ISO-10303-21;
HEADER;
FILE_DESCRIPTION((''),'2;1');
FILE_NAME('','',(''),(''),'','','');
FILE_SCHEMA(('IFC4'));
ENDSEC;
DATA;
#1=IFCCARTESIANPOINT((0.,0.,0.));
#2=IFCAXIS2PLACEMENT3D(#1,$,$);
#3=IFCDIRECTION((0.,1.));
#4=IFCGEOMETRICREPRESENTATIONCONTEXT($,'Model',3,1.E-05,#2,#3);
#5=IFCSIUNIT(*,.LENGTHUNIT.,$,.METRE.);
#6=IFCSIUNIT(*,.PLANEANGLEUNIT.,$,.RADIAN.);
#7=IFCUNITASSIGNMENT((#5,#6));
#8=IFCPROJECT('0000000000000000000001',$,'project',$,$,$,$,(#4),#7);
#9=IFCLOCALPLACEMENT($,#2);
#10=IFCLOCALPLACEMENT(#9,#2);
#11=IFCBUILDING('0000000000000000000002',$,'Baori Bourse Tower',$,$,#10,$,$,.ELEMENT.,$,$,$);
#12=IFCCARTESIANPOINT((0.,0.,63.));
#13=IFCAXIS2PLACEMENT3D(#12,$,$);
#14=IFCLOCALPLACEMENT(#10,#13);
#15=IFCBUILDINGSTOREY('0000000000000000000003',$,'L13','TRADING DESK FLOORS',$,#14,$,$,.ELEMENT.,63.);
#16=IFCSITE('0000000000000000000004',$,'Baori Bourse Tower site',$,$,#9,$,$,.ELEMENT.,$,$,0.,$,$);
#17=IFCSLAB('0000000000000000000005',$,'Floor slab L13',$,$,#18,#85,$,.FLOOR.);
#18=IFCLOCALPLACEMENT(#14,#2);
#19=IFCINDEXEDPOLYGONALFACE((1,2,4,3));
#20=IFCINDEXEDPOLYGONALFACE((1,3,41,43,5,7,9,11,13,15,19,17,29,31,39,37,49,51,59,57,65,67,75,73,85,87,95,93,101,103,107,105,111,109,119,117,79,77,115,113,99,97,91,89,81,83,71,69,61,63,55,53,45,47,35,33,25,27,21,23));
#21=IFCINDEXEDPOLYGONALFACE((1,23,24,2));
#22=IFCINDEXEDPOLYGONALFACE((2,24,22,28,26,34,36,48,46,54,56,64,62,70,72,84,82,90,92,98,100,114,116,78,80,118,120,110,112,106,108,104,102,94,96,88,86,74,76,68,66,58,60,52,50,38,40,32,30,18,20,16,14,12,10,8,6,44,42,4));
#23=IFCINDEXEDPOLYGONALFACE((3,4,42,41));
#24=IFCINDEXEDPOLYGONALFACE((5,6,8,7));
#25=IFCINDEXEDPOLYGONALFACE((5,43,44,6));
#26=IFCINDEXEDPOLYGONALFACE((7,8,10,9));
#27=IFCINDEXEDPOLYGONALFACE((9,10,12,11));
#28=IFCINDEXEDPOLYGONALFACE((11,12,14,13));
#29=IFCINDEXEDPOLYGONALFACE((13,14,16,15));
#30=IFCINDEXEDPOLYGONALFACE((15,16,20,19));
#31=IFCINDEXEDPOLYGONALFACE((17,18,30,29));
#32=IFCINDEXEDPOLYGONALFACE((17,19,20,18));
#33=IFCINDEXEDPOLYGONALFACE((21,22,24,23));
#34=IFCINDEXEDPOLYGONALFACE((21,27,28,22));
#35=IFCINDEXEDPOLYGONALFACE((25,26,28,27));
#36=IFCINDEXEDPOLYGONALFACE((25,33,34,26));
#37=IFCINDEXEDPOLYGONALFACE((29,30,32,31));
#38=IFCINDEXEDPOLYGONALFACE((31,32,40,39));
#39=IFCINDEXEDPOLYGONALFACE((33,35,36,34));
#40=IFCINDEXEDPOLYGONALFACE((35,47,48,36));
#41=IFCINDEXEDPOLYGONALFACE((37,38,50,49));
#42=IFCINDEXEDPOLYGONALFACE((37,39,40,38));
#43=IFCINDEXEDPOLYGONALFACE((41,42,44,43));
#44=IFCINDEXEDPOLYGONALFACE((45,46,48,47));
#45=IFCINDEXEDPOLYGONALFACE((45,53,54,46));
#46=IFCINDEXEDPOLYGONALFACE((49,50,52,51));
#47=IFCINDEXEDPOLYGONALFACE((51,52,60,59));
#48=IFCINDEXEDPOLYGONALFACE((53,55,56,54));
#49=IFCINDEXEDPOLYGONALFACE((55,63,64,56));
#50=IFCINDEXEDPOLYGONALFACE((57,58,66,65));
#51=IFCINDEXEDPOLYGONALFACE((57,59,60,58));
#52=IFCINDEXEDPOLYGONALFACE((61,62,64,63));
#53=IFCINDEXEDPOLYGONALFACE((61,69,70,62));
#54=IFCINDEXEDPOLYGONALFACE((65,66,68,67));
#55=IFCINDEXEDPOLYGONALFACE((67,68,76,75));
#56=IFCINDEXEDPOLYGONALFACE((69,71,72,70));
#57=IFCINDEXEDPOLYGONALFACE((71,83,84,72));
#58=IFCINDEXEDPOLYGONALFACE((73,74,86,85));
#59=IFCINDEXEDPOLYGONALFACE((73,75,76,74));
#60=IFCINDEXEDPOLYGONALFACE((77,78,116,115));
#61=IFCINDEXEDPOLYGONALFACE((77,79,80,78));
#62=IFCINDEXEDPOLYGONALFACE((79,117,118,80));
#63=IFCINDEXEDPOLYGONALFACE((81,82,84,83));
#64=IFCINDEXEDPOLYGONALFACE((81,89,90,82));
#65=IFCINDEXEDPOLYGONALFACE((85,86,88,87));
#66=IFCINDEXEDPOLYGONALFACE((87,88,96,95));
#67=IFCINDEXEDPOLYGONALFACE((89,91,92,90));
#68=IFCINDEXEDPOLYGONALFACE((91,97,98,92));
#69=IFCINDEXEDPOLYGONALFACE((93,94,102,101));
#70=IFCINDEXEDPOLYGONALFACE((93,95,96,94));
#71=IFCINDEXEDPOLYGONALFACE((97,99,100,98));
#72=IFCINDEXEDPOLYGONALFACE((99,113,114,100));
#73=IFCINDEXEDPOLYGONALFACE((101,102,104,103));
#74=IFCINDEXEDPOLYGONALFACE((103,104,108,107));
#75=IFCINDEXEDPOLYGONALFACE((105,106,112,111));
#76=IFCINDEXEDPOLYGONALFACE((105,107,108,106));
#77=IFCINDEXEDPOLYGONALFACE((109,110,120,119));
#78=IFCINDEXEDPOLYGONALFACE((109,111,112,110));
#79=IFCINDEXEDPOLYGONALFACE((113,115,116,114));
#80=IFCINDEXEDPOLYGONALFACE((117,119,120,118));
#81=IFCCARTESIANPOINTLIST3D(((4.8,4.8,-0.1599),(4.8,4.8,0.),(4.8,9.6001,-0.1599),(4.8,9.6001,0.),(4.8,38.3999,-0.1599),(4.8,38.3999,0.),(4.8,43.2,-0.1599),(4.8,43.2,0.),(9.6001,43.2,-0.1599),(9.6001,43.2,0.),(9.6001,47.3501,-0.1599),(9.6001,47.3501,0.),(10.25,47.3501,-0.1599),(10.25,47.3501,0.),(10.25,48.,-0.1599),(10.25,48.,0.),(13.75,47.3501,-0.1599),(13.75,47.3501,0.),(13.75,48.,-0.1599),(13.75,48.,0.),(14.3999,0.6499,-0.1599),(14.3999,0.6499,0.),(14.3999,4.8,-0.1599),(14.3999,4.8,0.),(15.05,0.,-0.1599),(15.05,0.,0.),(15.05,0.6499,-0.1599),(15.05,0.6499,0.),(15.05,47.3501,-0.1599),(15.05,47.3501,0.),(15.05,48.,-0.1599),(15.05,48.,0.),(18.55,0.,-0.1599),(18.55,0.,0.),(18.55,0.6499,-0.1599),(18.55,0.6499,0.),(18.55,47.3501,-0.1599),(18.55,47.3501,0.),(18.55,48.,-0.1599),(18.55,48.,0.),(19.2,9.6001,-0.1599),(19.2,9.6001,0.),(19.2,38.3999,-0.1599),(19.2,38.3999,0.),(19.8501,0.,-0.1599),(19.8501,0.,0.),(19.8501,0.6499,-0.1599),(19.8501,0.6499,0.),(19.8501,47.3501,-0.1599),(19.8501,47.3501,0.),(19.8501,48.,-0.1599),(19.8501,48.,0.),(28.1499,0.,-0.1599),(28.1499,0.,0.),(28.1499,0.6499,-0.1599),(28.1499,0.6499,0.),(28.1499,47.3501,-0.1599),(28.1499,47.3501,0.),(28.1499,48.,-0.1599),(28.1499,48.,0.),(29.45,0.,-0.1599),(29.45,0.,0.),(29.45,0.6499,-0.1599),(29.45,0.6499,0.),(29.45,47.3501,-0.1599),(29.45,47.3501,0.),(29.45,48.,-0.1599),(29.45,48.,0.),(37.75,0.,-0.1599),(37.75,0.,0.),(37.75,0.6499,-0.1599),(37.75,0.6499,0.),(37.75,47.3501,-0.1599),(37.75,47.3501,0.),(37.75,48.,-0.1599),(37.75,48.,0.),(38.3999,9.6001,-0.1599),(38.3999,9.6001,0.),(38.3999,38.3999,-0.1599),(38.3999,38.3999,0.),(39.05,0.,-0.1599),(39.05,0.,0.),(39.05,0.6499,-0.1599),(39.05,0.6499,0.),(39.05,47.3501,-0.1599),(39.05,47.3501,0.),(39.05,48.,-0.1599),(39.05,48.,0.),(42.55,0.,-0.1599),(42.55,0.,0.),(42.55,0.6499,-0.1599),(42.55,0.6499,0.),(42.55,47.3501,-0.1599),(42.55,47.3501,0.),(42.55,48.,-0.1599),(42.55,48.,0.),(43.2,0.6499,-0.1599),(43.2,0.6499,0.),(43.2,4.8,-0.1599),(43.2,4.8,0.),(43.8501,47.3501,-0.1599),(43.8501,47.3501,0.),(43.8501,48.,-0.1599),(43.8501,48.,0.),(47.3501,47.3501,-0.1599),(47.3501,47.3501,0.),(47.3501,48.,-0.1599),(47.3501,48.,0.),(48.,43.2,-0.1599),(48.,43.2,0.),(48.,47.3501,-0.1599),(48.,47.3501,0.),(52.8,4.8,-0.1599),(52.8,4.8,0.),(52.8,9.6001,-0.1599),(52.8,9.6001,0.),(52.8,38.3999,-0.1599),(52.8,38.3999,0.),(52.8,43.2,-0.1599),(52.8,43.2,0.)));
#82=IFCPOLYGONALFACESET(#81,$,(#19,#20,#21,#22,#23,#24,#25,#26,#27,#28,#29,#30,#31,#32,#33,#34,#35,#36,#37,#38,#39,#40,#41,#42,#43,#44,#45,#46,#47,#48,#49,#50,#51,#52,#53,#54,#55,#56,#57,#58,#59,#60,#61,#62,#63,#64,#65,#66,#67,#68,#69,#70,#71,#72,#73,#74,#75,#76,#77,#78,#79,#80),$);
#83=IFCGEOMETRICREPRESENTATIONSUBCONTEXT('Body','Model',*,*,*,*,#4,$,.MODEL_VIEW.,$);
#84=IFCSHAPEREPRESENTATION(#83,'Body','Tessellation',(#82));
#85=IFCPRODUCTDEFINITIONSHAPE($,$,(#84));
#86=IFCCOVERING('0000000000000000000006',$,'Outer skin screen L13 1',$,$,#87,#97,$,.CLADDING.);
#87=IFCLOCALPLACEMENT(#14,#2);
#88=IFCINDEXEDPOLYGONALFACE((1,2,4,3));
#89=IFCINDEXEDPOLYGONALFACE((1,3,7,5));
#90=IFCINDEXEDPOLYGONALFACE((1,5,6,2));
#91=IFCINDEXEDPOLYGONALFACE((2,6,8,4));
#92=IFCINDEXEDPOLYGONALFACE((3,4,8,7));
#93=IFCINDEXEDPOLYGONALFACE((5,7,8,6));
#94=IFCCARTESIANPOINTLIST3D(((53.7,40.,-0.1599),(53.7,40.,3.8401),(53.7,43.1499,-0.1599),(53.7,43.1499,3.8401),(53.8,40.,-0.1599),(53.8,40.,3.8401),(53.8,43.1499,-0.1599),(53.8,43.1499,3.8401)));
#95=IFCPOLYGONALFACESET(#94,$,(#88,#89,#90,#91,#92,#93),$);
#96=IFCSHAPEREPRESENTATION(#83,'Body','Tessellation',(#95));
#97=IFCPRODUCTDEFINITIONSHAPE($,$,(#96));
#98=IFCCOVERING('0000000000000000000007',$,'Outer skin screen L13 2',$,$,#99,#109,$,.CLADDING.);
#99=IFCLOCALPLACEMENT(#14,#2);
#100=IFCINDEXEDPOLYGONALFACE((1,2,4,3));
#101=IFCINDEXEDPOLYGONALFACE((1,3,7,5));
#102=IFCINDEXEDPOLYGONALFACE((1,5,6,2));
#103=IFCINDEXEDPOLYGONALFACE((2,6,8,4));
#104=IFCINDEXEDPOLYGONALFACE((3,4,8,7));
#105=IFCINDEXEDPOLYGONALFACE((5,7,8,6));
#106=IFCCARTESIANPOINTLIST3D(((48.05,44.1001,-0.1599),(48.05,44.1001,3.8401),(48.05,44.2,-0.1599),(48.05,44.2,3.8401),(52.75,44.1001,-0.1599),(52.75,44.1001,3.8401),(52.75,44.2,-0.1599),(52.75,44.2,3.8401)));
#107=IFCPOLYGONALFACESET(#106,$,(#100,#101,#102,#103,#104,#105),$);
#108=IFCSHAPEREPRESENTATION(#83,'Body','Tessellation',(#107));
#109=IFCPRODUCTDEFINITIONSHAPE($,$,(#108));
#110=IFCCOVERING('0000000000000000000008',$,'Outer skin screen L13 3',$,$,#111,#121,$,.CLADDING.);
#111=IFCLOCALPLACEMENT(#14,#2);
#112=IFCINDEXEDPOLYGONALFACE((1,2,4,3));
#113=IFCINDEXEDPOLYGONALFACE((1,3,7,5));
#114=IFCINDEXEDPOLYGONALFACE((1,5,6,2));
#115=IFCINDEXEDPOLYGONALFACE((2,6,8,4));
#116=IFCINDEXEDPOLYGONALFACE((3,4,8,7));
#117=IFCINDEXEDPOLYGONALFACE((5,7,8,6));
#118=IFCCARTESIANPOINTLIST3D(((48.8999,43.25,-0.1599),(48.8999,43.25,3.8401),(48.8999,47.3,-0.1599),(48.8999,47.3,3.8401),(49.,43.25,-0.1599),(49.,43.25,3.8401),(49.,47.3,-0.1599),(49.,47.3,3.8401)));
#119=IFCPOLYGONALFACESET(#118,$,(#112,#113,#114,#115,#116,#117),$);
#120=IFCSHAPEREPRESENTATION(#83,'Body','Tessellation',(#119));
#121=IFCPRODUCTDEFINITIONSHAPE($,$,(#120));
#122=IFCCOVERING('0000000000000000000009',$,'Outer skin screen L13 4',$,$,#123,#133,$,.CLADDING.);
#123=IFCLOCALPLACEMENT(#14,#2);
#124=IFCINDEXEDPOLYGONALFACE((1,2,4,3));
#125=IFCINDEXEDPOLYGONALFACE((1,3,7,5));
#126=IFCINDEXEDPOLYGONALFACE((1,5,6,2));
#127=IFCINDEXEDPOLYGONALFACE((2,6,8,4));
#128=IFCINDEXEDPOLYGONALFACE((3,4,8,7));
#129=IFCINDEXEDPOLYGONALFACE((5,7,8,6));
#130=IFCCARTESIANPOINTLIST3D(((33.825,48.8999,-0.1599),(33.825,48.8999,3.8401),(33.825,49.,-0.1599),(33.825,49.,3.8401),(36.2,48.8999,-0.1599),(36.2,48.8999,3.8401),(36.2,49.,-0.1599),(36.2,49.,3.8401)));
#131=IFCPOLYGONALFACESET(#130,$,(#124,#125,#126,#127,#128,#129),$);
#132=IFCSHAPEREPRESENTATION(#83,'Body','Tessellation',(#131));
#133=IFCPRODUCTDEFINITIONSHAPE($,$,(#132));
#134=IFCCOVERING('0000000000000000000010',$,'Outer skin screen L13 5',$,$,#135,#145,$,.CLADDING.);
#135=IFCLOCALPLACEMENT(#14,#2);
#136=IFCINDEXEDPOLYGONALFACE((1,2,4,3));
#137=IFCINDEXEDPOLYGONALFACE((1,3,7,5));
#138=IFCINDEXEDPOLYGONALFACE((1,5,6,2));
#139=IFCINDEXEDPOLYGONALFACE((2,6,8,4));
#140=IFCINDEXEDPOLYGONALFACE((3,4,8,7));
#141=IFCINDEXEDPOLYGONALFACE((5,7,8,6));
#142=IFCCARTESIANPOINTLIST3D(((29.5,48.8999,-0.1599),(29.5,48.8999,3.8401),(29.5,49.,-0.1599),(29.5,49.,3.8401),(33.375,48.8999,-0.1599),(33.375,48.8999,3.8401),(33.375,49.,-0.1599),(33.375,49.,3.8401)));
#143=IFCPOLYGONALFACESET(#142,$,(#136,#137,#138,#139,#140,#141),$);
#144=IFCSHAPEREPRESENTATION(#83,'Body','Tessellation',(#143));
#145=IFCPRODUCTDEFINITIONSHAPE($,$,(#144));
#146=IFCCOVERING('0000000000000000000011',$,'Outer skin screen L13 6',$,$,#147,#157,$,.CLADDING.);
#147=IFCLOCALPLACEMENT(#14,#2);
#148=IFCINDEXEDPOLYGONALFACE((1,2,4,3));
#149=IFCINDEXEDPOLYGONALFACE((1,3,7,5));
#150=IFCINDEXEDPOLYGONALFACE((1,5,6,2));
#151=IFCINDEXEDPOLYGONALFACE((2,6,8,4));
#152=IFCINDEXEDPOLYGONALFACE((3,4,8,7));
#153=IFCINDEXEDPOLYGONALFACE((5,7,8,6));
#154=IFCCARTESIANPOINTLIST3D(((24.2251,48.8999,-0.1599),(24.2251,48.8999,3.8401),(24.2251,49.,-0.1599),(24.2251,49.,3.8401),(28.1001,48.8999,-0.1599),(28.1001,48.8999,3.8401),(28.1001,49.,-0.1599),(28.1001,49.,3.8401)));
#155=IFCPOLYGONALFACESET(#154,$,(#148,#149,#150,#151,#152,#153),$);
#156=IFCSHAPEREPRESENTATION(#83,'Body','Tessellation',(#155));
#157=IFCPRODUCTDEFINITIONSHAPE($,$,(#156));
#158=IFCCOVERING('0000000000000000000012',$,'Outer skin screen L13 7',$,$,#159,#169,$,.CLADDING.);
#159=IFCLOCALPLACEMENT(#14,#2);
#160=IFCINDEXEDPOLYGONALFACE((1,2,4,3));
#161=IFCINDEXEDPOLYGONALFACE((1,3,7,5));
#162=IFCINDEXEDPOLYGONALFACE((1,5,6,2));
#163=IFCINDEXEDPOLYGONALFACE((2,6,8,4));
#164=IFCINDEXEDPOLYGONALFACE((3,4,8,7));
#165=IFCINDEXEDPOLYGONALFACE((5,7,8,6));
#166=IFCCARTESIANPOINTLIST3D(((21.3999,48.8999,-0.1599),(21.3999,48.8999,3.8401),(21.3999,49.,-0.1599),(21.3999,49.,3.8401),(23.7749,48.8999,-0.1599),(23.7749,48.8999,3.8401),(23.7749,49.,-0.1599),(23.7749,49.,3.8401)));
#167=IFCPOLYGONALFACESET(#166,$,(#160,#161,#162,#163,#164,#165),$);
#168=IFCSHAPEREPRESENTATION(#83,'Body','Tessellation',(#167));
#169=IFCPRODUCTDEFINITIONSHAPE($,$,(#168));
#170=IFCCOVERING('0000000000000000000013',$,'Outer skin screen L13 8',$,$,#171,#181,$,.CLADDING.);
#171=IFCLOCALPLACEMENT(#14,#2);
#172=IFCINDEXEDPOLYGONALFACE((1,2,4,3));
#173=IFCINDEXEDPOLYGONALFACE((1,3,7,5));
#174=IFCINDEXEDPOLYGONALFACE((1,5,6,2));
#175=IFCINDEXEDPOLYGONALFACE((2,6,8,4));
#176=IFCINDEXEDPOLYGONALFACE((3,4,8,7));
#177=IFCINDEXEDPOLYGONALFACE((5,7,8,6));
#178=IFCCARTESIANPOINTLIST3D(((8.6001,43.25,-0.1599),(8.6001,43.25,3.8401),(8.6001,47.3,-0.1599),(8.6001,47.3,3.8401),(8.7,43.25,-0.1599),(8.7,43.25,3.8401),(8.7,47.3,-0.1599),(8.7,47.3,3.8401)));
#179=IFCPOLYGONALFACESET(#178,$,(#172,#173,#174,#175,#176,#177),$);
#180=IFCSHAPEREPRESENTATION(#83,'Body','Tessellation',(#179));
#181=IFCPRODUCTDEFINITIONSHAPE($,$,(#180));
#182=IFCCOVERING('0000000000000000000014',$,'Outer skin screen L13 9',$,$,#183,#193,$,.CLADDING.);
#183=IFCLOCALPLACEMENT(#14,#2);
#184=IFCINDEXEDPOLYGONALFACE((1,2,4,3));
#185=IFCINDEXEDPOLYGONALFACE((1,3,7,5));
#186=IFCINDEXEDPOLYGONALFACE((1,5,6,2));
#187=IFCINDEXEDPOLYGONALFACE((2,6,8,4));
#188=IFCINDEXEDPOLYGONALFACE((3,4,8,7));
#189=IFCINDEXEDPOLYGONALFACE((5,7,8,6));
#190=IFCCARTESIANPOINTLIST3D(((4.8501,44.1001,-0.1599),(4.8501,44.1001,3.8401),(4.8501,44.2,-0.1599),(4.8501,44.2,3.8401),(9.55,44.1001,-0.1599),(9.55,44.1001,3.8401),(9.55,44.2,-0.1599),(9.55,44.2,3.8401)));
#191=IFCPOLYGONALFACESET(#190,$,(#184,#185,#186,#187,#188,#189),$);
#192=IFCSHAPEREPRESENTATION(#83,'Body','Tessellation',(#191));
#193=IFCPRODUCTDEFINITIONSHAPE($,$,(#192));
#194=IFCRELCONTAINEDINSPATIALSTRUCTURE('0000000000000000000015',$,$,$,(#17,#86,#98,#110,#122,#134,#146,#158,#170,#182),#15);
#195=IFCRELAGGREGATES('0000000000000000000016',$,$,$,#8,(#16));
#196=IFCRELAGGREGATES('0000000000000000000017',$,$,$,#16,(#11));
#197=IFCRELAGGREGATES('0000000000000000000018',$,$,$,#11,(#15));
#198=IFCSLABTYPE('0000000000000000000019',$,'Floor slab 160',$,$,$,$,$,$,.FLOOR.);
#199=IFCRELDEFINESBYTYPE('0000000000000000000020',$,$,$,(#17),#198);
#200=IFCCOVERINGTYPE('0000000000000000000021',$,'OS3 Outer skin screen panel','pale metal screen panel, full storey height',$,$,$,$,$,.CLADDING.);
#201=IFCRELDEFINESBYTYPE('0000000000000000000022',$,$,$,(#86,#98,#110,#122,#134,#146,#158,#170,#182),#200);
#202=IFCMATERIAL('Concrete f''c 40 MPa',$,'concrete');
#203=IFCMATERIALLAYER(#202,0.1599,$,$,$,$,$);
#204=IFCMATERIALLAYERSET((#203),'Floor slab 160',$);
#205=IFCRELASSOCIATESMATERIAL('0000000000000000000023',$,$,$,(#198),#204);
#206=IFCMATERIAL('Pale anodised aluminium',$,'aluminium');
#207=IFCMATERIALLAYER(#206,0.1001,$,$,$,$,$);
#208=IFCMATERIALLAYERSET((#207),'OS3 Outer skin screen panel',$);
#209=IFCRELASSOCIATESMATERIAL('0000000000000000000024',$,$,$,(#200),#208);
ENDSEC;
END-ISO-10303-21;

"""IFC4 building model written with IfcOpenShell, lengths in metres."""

from ifc_helpers import new_model, si_unit, direction, frame, origin, place, context, subcontext, project, spatial, polyline, outline, extrude, material, layer, layer_set, type_object, element, save


model = new_model("IFC4")

# Units and contexts
model_context = context("Model", 3, precision=1e-05, world=origin(), true_north=direction((0.0, 1.0)))
body_context = subcontext(model_context, "Body", "Model", "MODEL_VIEW")
ifc_project = project(units=[si_unit("LENGTHUNIT", "METRE"), si_unit("PLANEANGLEUNIT", "RADIAN")], contexts=[model_context])

# Site, building, storey
site_placement = place(None, origin())
site = spatial("IfcSite", under=ifc_project, at=site_placement, Name="Baori Bourse Tower site", CompositionType="ELEMENT", RefElevation=0.0)
building_placement = place(site_placement, origin())
building = spatial("IfcBuilding", under=site, at=building_placement, Name="Baori Bourse Tower", CompositionType="ELEMENT")
storey_placement = place(building_placement, frame((0.0, 0.0, 63.0)))
storey = spatial("IfcBuildingStorey", under=building, at=storey_placement, Name="L13", Description="TRADING DESK FLOORS", CompositionType="ELEMENT", Elevation=63.0)

# Slab
ifc_material_1 = material(Name="Concrete f'c 40 MPa", Category="concrete")
ifc_layer_1 = layer(ifc_material_1, 0.1599)
ifc_layer_set_1 = layer_set([ifc_layer_1], Name="Floor slab 160")
slab_type_1 = type_object("IfcSlabType", Name="Floor slab 160", PredefinedType="FLOOR", material=ifc_layer_set_1)
slab_1_placement = place(storey_placement, frame((0.0, 0.0, -0.1599)))
element("IfcSlab", 1, at=slab_1_placement, inside=storey, type_object=slab_type_1, Name="Floor slab L13", PredefinedType="FLOOR", context=body_context, shape_type="SweptSolid", body=[
    extrude(outline(polyline([(14.3999, 4.8), (4.8, 4.8), (4.8, 9.6001), (19.2, 9.6001), (19.2, 38.3999), (4.8, 38.3999), (4.8, 43.2), (9.6001, 43.2), (9.6001, 47.3501), (10.25, 47.3501), (10.25, 48.0), (13.75, 48.0), (13.75, 47.3501), (15.05, 47.3501), (15.05, 48.0), (18.55, 48.0), (18.55, 47.3501), (19.8501, 47.3501), (19.8501, 48.0), (28.1499, 48.0), (28.1499, 47.3501), (29.45, 47.3501), (29.45, 48.0), (37.75, 48.0), (37.75, 47.3501), (39.05, 47.3501), (39.05, 48.0), (42.55, 48.0), (42.55, 47.3501), (43.8501, 47.3501), (43.8501, 48.0), (47.3501, 48.0), (47.3501, 47.3501), (48.0, 47.3501), (48.0, 43.2), (52.8, 43.2), (52.8, 38.3999), (38.3999, 38.3999), (38.3999, 9.6001), (52.8, 9.6001), (52.8, 4.8), (43.2, 4.8), (43.2, 0.6499), (42.55, 0.6499), (42.55, 0.0), (39.05, 0.0), (39.05, 0.6499), (37.75, 0.6499), (37.75, 0.0), (29.45, 0.0), (29.45, 0.6499), (28.1499, 0.6499), (28.1499, 0.0), (19.8501, 0.0), (19.8501, 0.6499), (18.55, 0.6499), (18.55, 0.0), (15.05, 0.0), (15.05, 0.6499), (14.3999, 0.6499), (14.3999, 4.8)])), origin(), (0.0, 0.0, 1.0), 0.1599),
])

# Coverings
ifc_material_2 = material(Name="Pale anodised aluminium", Category="aluminium")
ifc_layer_2 = layer(ifc_material_2, 0.1001)
ifc_layer_set_2 = layer_set([ifc_layer_2], Name="OS3 Outer skin screen panel")
covering_type = type_object("IfcCoveringType", Name="OS3 Outer skin screen panel", Description="pale metal screen panel, full storey height", PredefinedType="CLADDING", material=ifc_layer_set_2)
covering_1_placement = place(storey_placement, frame((0.0, 0.0, -0.1599)))
element("IfcCovering", 2, at=covering_1_placement, inside=storey, type_object=covering_type, Name="Outer skin screen L13 1", PredefinedType="CLADDING", context=body_context, shape_type="SweptSolid", body=[
    extrude(outline(polyline([(53.7, 43.1499), (53.7, 40.0), (53.8, 40.0), (53.8, 43.1499), (53.7, 43.1499)])), origin(), (0.0, 0.0, 1.0), 4.0),
])
covering_2_placement = place(storey_placement, frame((0.0, 0.0, -0.1599)))
element("IfcCovering", 3, at=covering_2_placement, inside=storey, type_object=covering_type, Name="Outer skin screen L13 2", PredefinedType="CLADDING", context=body_context, shape_type="SweptSolid", body=[
    extrude(outline(polyline([(48.05, 44.1001), (52.75, 44.1001), (52.75, 44.2), (48.05, 44.2), (48.05, 44.1001)])), origin(), (0.0, 0.0, 1.0), 4.0),
])
covering_3_placement = place(storey_placement, frame((0.0, 0.0, -0.1599)))
element("IfcCovering", 4, at=covering_3_placement, inside=storey, type_object=covering_type, Name="Outer skin screen L13 3", PredefinedType="CLADDING", context=body_context, shape_type="SweptSolid", body=[
    extrude(outline(polyline([(48.8999, 47.3), (48.8999, 43.25), (49.0, 43.25), (49.0, 47.3), (48.8999, 47.3)])), origin(), (0.0, 0.0, 1.0), 4.0),
])
covering_4_placement = place(storey_placement, frame((0.0, 0.0, -0.1599)))
element("IfcCovering", 5, at=covering_4_placement, inside=storey, type_object=covering_type, Name="Outer skin screen L13 4", PredefinedType="CLADDING", context=body_context, shape_type="SweptSolid", body=[
    extrude(outline(polyline([(33.825, 48.8999), (36.2, 48.8999), (36.2, 49.0), (33.825, 49.0), (33.825, 48.8999)])), origin(), (0.0, 0.0, 1.0), 4.0),
])
covering_5_placement = place(storey_placement, frame((0.0, 0.0, -0.1599)))
element("IfcCovering", 6, at=covering_5_placement, inside=storey, type_object=covering_type, Name="Outer skin screen L13 5", PredefinedType="CLADDING", context=body_context, shape_type="SweptSolid", body=[
    extrude(outline(polyline([(29.5, 48.8999), (33.375, 48.8999), (33.375, 49.0), (29.5, 49.0), (29.5, 48.8999)])), origin(), (0.0, 0.0, 1.0), 4.0),
])
covering_6_placement = place(storey_placement, frame((0.0, 0.0, -0.1599)))
element("IfcCovering", 7, at=covering_6_placement, inside=storey, type_object=covering_type, Name="Outer skin screen L13 6", PredefinedType="CLADDING", context=body_context, shape_type="SweptSolid", body=[
    extrude(outline(polyline([(24.2251, 48.8999), (28.1001, 48.8999), (28.1001, 49.0), (24.2251, 49.0), (24.2251, 48.8999)])), origin(), (0.0, 0.0, 1.0), 4.0),
])
covering_7_placement = place(storey_placement, frame((0.0, 0.0, -0.1599)))
element("IfcCovering", 8, at=covering_7_placement, inside=storey, type_object=covering_type, Name="Outer skin screen L13 7", PredefinedType="CLADDING", context=body_context, shape_type="SweptSolid", body=[
    extrude(outline(polyline([(21.3999, 48.8999), (23.7749, 48.8999), (23.7749, 49.0), (21.3999, 49.0), (21.3999, 48.8999)])), origin(), (0.0, 0.0, 1.0), 4.0),
])
covering_8_placement = place(storey_placement, frame((0.0, 0.0, -0.1599)))
element("IfcCovering", 9, at=covering_8_placement, inside=storey, type_object=covering_type, Name="Outer skin screen L13 8", PredefinedType="CLADDING", context=body_context, shape_type="SweptSolid", body=[
    extrude(outline(polyline([(8.7, 43.25), (8.7, 47.3), (8.6001, 47.3), (8.6001, 43.25), (8.7, 43.25)])), origin(), (0.0, 0.0, 1.0), 4.0),
])
covering_9_placement = place(storey_placement, frame((0.0, 0.0, -0.1599)))
element("IfcCovering", 10, at=covering_9_placement, inside=storey, type_object=covering_type, Name="Outer skin screen L13 9", PredefinedType="CLADDING", context=body_context, shape_type="SweptSolid", body=[
    extrude(outline(polyline([(4.8501, 44.1001), (9.55, 44.1001), (9.55, 44.2), (4.8501, 44.2), (4.8501, 44.1001)])), origin(), (0.0, 0.0, 1.0), 4.0),
])

save(model, "model.ifc")
